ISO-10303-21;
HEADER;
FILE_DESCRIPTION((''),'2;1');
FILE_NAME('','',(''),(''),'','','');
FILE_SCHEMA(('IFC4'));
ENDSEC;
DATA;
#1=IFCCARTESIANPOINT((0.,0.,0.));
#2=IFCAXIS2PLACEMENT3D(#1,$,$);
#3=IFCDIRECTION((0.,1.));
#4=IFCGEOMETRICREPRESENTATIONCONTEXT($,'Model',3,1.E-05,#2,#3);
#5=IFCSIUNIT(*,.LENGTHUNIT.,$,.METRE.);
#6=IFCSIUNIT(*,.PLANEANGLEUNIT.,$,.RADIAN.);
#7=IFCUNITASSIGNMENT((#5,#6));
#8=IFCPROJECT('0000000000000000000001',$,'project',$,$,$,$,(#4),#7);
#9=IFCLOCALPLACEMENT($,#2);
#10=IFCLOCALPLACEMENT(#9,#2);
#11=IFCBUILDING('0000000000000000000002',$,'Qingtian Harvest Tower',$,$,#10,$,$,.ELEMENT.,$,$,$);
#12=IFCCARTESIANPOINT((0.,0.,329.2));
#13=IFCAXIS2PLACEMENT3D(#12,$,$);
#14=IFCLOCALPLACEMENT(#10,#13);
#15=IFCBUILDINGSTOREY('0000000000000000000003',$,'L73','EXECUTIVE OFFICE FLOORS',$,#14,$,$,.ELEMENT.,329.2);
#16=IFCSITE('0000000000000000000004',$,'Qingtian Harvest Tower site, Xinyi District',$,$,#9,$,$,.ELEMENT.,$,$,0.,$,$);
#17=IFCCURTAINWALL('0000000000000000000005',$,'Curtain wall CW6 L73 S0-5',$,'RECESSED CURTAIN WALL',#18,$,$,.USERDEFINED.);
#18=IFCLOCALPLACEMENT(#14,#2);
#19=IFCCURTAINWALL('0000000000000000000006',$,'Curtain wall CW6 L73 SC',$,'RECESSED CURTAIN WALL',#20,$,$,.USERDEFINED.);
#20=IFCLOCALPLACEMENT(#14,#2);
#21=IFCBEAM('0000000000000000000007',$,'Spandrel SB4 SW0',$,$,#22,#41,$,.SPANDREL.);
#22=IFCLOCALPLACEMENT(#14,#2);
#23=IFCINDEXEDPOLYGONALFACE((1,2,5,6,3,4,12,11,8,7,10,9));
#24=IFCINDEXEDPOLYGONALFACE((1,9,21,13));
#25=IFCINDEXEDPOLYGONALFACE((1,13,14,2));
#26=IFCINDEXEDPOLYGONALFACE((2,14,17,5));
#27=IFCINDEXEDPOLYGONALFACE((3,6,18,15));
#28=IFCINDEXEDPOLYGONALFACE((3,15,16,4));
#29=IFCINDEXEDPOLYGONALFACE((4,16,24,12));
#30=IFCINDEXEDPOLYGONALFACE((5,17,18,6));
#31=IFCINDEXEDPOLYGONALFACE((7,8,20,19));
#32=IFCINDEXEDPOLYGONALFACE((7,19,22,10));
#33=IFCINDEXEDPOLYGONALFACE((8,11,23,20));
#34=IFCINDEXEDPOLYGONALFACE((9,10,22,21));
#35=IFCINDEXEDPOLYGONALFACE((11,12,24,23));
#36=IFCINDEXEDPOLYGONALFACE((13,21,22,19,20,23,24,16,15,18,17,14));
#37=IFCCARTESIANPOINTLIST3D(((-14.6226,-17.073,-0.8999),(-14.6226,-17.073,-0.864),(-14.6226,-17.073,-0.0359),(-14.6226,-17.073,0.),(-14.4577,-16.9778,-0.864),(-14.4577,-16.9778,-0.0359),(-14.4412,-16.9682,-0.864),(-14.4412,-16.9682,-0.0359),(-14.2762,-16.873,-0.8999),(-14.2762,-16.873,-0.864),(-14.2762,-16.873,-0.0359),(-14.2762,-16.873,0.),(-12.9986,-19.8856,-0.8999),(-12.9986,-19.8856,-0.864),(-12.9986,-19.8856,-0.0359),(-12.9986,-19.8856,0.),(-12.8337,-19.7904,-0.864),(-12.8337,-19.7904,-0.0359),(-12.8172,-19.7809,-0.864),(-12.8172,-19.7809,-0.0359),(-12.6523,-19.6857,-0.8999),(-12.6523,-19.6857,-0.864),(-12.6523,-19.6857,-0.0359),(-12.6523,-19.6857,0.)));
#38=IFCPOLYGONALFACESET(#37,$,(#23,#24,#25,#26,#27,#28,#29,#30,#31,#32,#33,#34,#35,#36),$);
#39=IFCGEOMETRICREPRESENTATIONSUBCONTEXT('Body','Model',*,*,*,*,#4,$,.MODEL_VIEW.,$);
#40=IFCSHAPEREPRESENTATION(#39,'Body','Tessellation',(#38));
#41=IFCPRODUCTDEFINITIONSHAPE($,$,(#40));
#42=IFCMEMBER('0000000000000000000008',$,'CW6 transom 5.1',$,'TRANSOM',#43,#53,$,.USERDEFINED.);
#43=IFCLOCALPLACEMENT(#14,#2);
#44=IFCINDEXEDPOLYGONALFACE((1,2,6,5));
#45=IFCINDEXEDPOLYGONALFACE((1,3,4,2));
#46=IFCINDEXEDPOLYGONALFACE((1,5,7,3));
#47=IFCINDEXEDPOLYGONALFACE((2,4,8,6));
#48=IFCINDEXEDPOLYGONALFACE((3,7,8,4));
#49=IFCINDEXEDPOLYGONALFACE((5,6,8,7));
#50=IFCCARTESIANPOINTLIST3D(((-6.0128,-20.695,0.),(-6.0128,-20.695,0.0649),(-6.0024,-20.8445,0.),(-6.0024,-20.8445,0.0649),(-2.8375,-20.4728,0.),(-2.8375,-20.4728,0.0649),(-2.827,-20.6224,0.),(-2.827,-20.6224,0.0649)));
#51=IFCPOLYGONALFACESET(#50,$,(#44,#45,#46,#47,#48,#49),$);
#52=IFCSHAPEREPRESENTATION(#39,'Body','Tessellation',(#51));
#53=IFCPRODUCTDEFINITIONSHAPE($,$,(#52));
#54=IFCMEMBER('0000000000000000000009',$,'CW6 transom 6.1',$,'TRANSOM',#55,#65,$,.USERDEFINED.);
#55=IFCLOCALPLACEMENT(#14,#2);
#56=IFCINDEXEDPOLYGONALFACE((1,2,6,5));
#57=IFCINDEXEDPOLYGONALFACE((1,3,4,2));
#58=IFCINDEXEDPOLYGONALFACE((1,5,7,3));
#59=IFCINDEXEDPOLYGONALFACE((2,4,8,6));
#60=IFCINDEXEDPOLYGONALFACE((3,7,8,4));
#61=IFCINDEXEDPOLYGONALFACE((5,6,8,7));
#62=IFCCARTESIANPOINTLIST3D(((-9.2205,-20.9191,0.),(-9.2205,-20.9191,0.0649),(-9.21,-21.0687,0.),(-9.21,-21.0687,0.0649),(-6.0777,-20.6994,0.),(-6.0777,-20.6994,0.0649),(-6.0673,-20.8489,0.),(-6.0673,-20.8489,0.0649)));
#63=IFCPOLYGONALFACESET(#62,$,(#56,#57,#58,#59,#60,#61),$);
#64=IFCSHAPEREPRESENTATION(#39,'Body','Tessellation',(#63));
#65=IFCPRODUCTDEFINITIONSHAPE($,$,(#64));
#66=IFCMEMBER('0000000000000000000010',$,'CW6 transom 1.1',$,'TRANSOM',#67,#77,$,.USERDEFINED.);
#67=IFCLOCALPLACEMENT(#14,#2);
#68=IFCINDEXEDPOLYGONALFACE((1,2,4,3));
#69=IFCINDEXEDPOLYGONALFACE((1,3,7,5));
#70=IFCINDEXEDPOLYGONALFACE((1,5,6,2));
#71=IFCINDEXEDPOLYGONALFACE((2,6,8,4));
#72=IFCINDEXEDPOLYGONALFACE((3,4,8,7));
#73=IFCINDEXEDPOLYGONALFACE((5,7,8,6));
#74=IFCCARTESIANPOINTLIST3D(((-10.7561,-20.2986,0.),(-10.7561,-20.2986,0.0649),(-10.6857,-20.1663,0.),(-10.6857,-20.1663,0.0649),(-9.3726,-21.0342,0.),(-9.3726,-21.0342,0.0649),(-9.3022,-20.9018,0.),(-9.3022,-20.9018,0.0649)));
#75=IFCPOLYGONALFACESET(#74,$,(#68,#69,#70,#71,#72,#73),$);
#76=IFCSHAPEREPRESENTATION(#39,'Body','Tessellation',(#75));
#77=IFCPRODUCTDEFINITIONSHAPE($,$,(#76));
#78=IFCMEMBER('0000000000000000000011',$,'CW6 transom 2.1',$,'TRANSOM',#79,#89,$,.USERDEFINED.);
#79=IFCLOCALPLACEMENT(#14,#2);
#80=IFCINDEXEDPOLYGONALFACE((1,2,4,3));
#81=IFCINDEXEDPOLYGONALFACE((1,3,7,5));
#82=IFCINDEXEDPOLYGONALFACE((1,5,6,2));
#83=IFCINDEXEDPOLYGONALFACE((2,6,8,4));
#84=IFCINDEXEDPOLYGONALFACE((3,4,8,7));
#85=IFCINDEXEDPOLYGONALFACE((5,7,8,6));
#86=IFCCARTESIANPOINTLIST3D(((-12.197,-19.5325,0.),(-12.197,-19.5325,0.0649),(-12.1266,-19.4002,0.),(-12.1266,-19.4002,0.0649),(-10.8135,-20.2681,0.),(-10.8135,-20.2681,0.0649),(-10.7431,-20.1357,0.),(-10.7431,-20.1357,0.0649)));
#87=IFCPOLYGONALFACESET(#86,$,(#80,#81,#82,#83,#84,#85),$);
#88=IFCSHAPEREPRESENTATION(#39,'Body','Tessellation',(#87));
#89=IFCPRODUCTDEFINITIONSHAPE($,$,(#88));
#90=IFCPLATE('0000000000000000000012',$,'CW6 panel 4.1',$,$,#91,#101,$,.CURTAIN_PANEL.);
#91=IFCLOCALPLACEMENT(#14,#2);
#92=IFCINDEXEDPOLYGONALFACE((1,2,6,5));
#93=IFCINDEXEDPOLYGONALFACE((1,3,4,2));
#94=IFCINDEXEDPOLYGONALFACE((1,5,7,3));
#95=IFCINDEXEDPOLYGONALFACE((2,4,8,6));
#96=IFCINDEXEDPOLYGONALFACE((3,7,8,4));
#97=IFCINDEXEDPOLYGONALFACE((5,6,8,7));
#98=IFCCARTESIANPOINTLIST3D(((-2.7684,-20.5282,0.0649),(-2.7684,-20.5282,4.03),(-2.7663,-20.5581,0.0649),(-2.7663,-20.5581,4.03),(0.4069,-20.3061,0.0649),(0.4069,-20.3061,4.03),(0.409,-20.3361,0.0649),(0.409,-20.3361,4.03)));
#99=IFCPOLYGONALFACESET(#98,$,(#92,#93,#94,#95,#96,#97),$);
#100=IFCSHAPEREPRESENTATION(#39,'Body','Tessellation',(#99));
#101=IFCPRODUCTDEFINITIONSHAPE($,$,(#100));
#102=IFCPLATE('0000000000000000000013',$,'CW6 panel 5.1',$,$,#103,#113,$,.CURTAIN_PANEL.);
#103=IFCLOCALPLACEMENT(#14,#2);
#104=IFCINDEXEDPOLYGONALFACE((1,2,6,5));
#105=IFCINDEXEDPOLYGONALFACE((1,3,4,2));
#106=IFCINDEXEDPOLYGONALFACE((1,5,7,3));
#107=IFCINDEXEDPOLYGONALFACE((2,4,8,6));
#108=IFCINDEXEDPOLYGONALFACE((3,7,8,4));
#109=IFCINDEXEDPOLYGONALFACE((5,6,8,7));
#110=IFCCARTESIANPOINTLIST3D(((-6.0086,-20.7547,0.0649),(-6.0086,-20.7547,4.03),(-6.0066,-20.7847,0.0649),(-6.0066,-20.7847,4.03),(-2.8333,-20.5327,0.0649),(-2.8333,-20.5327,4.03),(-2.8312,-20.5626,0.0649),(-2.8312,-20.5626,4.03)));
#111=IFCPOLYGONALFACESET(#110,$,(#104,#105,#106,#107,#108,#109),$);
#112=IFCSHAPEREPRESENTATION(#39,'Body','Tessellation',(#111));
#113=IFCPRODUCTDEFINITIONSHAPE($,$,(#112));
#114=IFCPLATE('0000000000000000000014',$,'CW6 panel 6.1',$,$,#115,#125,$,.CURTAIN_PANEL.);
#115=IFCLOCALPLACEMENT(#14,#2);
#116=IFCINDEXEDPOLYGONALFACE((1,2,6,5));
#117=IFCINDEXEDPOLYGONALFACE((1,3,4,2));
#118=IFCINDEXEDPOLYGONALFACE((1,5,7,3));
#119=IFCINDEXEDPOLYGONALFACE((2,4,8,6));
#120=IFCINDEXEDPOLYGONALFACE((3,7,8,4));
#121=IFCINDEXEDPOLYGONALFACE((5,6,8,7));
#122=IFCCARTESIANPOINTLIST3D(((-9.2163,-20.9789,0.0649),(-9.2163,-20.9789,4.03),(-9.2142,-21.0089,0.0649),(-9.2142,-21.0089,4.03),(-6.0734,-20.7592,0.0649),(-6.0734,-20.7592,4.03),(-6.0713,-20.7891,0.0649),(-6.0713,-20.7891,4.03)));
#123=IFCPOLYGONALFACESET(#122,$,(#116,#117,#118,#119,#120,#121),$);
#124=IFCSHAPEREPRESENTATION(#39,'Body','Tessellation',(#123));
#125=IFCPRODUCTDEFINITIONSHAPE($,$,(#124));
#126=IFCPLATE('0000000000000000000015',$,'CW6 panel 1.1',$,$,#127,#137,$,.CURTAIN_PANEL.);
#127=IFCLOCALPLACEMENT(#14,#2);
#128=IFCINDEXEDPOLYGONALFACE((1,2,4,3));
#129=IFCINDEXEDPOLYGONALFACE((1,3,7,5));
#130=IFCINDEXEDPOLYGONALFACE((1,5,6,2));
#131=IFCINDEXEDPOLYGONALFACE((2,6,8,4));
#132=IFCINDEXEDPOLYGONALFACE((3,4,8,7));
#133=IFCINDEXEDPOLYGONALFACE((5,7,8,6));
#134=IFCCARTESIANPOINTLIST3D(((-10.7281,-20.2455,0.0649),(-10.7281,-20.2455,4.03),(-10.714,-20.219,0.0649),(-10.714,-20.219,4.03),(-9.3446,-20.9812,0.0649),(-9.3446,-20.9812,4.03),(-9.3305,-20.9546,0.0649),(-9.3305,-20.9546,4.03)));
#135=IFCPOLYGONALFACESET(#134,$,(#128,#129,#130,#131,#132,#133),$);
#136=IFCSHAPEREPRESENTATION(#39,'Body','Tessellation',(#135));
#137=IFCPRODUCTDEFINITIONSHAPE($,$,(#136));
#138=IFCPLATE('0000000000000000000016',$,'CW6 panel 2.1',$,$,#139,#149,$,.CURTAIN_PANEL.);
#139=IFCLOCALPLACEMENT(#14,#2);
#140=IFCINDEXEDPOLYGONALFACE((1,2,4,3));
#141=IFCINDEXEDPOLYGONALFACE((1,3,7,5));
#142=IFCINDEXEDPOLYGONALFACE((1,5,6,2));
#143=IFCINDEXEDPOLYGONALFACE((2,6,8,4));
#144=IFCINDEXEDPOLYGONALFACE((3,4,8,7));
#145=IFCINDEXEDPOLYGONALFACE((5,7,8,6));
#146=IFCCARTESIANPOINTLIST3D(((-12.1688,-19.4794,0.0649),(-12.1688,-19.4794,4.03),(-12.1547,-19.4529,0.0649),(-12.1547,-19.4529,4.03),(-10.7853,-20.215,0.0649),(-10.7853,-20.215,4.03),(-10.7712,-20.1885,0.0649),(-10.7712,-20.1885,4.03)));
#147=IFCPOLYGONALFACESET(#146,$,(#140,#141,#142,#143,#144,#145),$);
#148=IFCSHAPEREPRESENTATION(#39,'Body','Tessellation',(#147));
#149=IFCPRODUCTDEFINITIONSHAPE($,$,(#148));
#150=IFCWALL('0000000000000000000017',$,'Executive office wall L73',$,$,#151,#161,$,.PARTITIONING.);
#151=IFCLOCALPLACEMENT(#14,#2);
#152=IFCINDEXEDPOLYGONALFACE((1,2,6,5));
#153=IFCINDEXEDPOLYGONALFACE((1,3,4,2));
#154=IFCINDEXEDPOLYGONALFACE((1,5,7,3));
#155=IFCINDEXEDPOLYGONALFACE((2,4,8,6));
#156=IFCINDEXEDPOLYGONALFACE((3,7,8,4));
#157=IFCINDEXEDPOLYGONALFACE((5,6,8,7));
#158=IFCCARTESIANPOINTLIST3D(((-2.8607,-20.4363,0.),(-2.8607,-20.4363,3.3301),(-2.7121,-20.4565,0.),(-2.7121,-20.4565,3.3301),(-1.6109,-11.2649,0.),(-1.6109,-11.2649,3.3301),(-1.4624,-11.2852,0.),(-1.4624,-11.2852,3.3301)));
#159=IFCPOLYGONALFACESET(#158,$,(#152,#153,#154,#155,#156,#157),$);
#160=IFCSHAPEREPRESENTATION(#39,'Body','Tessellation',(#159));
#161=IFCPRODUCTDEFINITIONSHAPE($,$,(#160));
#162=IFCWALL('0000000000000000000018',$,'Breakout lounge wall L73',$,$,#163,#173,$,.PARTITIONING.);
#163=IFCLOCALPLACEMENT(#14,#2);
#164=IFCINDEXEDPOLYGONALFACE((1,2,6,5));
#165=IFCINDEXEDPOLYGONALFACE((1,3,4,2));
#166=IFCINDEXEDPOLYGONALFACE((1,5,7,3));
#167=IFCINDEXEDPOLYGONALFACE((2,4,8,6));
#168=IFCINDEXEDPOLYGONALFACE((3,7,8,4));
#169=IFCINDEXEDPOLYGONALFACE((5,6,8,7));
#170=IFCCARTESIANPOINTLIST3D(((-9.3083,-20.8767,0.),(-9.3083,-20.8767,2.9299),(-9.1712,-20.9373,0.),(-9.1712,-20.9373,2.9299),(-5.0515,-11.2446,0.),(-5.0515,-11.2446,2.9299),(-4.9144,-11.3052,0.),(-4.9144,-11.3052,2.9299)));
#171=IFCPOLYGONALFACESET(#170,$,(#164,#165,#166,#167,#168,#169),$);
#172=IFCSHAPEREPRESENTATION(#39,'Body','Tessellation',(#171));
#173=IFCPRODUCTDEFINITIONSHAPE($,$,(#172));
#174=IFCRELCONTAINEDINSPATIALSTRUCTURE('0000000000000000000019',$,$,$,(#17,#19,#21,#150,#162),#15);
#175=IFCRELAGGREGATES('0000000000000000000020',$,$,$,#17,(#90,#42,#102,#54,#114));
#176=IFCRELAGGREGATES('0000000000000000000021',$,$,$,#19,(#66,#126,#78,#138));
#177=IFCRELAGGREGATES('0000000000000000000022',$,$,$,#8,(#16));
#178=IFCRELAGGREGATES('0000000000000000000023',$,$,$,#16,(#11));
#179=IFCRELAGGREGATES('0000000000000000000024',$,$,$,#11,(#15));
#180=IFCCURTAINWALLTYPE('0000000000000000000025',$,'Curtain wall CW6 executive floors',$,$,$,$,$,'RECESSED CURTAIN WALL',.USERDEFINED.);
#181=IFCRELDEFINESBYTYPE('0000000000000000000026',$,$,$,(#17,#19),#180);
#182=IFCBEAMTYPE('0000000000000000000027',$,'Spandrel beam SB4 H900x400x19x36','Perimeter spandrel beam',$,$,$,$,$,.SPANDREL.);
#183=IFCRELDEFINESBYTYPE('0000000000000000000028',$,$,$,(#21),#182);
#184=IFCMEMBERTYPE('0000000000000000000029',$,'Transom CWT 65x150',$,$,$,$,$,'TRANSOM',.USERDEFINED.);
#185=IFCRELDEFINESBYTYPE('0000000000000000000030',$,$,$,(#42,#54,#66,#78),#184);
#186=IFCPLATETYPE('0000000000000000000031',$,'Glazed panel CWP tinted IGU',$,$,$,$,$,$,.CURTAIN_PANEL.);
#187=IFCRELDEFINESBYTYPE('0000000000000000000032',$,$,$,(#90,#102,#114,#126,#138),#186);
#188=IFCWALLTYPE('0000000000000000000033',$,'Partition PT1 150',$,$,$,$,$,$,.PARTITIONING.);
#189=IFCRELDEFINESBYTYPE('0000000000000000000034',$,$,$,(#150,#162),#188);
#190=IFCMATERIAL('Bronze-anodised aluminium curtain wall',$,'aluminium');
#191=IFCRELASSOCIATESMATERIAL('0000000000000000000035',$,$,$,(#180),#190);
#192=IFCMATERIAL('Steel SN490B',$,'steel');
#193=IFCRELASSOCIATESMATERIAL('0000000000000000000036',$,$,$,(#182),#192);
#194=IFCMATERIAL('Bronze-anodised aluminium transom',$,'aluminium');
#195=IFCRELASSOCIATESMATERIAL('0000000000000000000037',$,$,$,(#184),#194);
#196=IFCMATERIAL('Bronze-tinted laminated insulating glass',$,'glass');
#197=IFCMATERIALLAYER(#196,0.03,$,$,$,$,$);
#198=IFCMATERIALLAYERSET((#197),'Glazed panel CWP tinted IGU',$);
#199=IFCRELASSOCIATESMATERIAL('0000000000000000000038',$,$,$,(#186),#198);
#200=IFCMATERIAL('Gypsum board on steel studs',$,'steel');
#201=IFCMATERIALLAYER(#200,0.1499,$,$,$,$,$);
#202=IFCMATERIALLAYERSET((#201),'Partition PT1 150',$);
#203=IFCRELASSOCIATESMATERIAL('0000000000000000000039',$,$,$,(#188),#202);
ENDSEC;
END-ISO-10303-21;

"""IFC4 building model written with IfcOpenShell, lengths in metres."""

from ifc_helpers import new_model, si_unit, direction, frame, frame_2d, origin, origin_2d, place, context, subcontext, project, spatial, rectangle, i_section, extrude, material, layer, layer_set, material_profile, profile_set, type_object, element, aggregate, save


model = new_model("IFC4")

# Units and contexts
model_context = context("Model", 3, precision=1e-05, world=origin(), true_north=direction((0.0, 1.0)))
body_context = subcontext(model_context, "Body", "Model", "MODEL_VIEW")
ifc_project = project(units=[si_unit("LENGTHUNIT", "METRE"), si_unit("PLANEANGLEUNIT", "RADIAN")], contexts=[model_context])

# Site, building, storey
site_placement = place(None, origin())
site = spatial("IfcSite", under=ifc_project, at=site_placement, Name="Qingtian Harvest Tower site, Xinyi District", CompositionType="ELEMENT", RefElevation=0.0)
building_placement = place(site_placement, origin())
building = spatial("IfcBuilding", under=site, at=building_placement, Name="Qingtian Harvest Tower", CompositionType="ELEMENT")
storey_placement = place(building_placement, frame((0.0, 0.0, 329.2)))
storey = spatial("IfcBuildingStorey", under=building, at=storey_placement, Name="L73", Description="EXECUTIVE OFFICE FLOORS", CompositionType="ELEMENT", Elevation=329.2)

# Curtain walls
ifc_material_1 = material(Name="Bronze-anodised aluminium curtain wall", Category="aluminium")
curtain_wall_type = type_object("IfcCurtainWallType", Name="Curtain wall CW6 executive floors", ElementType="RECESSED CURTAIN WALL", PredefinedType="USERDEFINED", material=ifc_material_1)
curtain_wall_1_placement = place(storey_placement, origin())
curtain_wall_1 = element("IfcCurtainWall", 1, at=curtain_wall_1_placement, inside=storey, type_object=curtain_wall_type, Name="Curtain wall CW6 L73 S0-5", ObjectType="RECESSED CURTAIN WALL", PredefinedType="USERDEFINED")
curtain_wall_2_placement = place(storey_placement, origin())
curtain_wall_2 = element("IfcCurtainWall", 2, at=curtain_wall_2_placement, inside=storey, type_object=curtain_wall_type, Name="Curtain wall CW6 L73 SC", ObjectType="RECESSED CURTAIN WALL", PredefinedType="USERDEFINED")

# Beam
ifc_material_2 = material(Name="Steel SN490B", Category="steel")
ifc_material_profile_1 = material_profile(ifc_material_2, i_section(OverallWidth=0.3999, OverallDepth=0.8999, WebThickness=0.019, FlangeThickness=0.0359, at=origin_2d()), Name="H900x400x19x36")
ifc_profile_set_1 = profile_set([ifc_material_profile_1], Name="Steel SN490B")
beam_type_1 = type_object("IfcBeamType", Name="Spandrel beam SB4 H900x400x19x36", Description="Perimeter spandrel beam", PredefinedType="SPANDREL", material=ifc_profile_set_1)
beam_1_placement = place(storey_placement, frame((-12.8254, -19.7856, -0.45), z_axis=(-0.50002, 0.866014, 0.0), x_axis=(-0.866014, -0.50002, 0.0)))
element("IfcBeam", 3, at=beam_1_placement, inside=storey, type_object=beam_type_1, Name="Spandrel SB4 SW0", PredefinedType="SPANDREL", context=body_context, shape_type="SweptSolid", body=[
    extrude(i_section(OverallWidth=0.3999, OverallDepth=0.8999, WebThickness=0.019, FlangeThickness=0.0359, at=origin_2d()), origin(), (0.0, 0.0, 1.0), 3.2478),
])

# Members
ifc_material_3 = material(Name="Bronze-anodised aluminium transom", Category="aluminium")
ifc_material_profile_2 = material_profile(ifc_material_3, rectangle(XDim=0.1499, YDim=0.0649, at=origin_2d()), Name="AL 65x150")
ifc_profile_set_2 = profile_set([ifc_material_profile_2], Name="Bronze-anodised aluminium transom")
member_type_1 = type_object("IfcMemberType", Name="Transom CWT 65x150", ElementType="TRANSOM", PredefinedType="USERDEFINED", material=ifc_profile_set_2)
member_1_placement = place(storey_placement, frame((-2.8323, -20.5476, 0.0325), z_axis=(-0.997561, -0.069797, 0.0), x_axis=(0.069797, -0.997561, 0.0)))
member_1 = element("IfcMember", 4, at=member_1_placement, type_object=member_type_1, Name="CW6 transom 5.1", ObjectType="TRANSOM", PredefinedType="USERDEFINED", context=body_context, shape_type="SweptSolid", body=[
    extrude(rectangle(XDim=0.1499, YDim=0.0649, at=origin_2d()), origin(), (0.0, 0.0, 1.0), 3.1831),
])
member_2_placement = place(storey_placement, frame((-6.0725, -20.7742, 0.0325), z_axis=(-0.997565, -0.069744, 0.0), x_axis=(0.069744, -0.997565, 0.0)))
member_2 = element("IfcMember", 5, at=member_2_placement, type_object=member_type_1, Name="CW6 transom 6.1", ObjectType="TRANSOM", PredefinedType="USERDEFINED", context=body_context, shape_type="SweptSolid", body=[
    extrude(rectangle(XDim=0.1499, YDim=0.0649, at=origin_2d()), origin(), (0.0, 0.0, 1.0), 3.1504),
])
member_3_placement = place(storey_placement, frame((-9.3374, -20.968, 0.0325), z_axis=(-0.88296, 0.469448, 0.0), x_axis=(-0.469448, -0.88296, 0.0)))
member_3 = element("IfcMember", 6, at=member_3_placement, type_object=member_type_1, Name="CW6 transom 1.1", ObjectType="TRANSOM", PredefinedType="USERDEFINED", context=body_context, shape_type="SweptSolid", body=[
    extrude(rectangle(XDim=0.1499, YDim=0.0649, at=origin_2d()), origin(), (0.0, 0.0, 1.0), 1.5669),
])
member_4_placement = place(storey_placement, frame((-10.7783, -20.2019, 0.0325), z_axis=(-0.88296, 0.469448, 0.0), x_axis=(-0.469448, -0.88296, 0.0)))
member_4 = element("IfcMember", 7, at=member_4_placement, type_object=member_type_1, Name="CW6 transom 2.1", ObjectType="TRANSOM", PredefinedType="USERDEFINED", context=body_context, shape_type="SweptSolid", body=[
    extrude(rectangle(XDim=0.1499, YDim=0.0649, at=origin_2d()), origin(), (0.0, 0.0, 1.0), 1.5669),
])

# Plates
ifc_material_4 = material(Name="Bronze-tinted laminated insulating glass", Category="glass")
ifc_layer_1 = layer(ifc_material_4, 0.03)
ifc_layer_set_1 = layer_set([ifc_layer_1], Name="Glazed panel CWP tinted IGU")
plate_type = type_object("IfcPlateType", Name="Glazed panel CWP tinted IGU", PredefinedType="CURTAIN_PANEL", material=ifc_layer_set_1)
plate_1_placement = place(storey_placement, frame((-1.1797, -20.4321, 0.0649), z_axis=(0.0, 0.0, 1.0), x_axis=(-0.997564, -0.069756, 0.0)))
plate_1 = element("IfcPlate", 8, at=plate_1_placement, type_object=plate_type, Name="CW6 panel 4.1", PredefinedType="CURTAIN_PANEL", context=body_context, shape_type="SweptSolid", body=[
    extrude(rectangle(XDim=3.1831, YDim=0.03, at=origin_2d()), origin(), (0.0, 0.0, 1.0), 3.9651),
])
plate_2_placement = place(storey_placement, frame((-4.4199, -20.6587, 0.0649), z_axis=(0.0, 0.0, 1.0), x_axis=(-0.997564, -0.069756, 0.0)))
plate_2 = element("IfcPlate", 9, at=plate_2_placement, type_object=plate_type, Name="CW6 panel 5.1", PredefinedType="CURTAIN_PANEL", context=body_context, shape_type="SweptSolid", body=[
    extrude(rectangle(XDim=3.1831, YDim=0.03, at=origin_2d()), origin(), (0.0, 0.0, 1.0), 3.9651),
])
plate_3_placement = place(storey_placement, frame((-7.6438, -20.884, 0.0649), z_axis=(0.0, 0.0, 1.0), x_axis=(-0.997564, -0.069756, 0.0)))
plate_3 = element("IfcPlate", 10, at=plate_3_placement, type_object=plate_type, Name="CW6 panel 6.1", PredefinedType="CURTAIN_PANEL", context=body_context, shape_type="SweptSolid", body=[
    extrude(rectangle(XDim=3.1506, YDim=0.03, at=origin_2d()), origin(), (0.0, 0.0, 1.0), 3.9651),
])
aggregate(curtain_wall_1, [plate_1, member_1, plate_2, member_2, plate_3])
plate_4_placement = place(storey_placement, frame((-10.0293, -20.6001, 0.0649), z_axis=(0.0, 0.0, 1.0), x_axis=(-0.882948, 0.469472, 0.0)))
plate_4 = element("IfcPlate", 11, at=plate_4_placement, type_object=plate_type, Name="CW6 panel 1.1", PredefinedType="CURTAIN_PANEL", context=body_context, shape_type="SweptSolid", body=[
    extrude(rectangle(XDim=1.5669, YDim=0.03, at=origin_2d()), origin(), (0.0, 0.0, 1.0), 3.9651),
])
plate_5_placement = place(storey_placement, frame((-11.47, -19.834, 0.0649), z_axis=(0.0, 0.0, 1.0), x_axis=(-0.882948, 0.469472, 0.0)))
plate_5 = element("IfcPlate", 12, at=plate_5_placement, type_object=plate_type, Name="CW6 panel 2.1", PredefinedType="CURTAIN_PANEL", context=body_context, shape_type="SweptSolid", body=[
    extrude(rectangle(XDim=1.5669, YDim=0.03, at=origin_2d()), origin(), (0.0, 0.0, 1.0), 3.9651),
])
aggregate(curtain_wall_2, [member_3, plate_4, member_4, plate_5])

# Walls
ifc_material_5 = material(Name="Gypsum board on steel studs", Category="steel")
ifc_layer_2 = layer(ifc_material_5, 0.1499)
ifc_layer_set_2 = layer_set([ifc_layer_2], Name="Partition PT1 150")
wall_type = type_object("IfcWallType", Name="Partition PT1 150", PredefinedType="PARTITIONING", material=ifc_layer_set_2)
wall_1_placement = place(storey_placement, frame((-2.7864, -20.4463, 0.0), z_axis=(0.0, 0.0, 1.0), x_axis=(0.135019, 0.990843, 0.0)))
element("IfcWall", 13, at=wall_1_placement, inside=storey, type_object=wall_type, Name="Executive office wall L73", PredefinedType="PARTITIONING", context=body_context, shape_type="SweptSolid", body=[
    extrude(rectangle(XDim=9.2561, YDim=0.1499, at=frame_2d((4.6279, 0.0))), origin(), (0.0, 0.0, 1.0), 3.3301),
])
wall_2_placement = place(storey_placement, frame((-9.2397, -20.907, 0.0), z_axis=(0.0, 0.0, 1.0), x_axis=(0.404227, 0.914658, 0.0)))
element("IfcWall", 14, at=wall_2_placement, inside=storey, type_object=wall_type, Name="Breakout lounge wall L73", PredefinedType="PARTITIONING", context=body_context, shape_type="SweptSolid", body=[
    extrude(rectangle(XDim=10.5308, YDim=0.1499, at=frame_2d((5.2654, 0.0))), origin(), (0.0, 0.0, 1.0), 2.9299),
])

save(model, "model.ifc")
